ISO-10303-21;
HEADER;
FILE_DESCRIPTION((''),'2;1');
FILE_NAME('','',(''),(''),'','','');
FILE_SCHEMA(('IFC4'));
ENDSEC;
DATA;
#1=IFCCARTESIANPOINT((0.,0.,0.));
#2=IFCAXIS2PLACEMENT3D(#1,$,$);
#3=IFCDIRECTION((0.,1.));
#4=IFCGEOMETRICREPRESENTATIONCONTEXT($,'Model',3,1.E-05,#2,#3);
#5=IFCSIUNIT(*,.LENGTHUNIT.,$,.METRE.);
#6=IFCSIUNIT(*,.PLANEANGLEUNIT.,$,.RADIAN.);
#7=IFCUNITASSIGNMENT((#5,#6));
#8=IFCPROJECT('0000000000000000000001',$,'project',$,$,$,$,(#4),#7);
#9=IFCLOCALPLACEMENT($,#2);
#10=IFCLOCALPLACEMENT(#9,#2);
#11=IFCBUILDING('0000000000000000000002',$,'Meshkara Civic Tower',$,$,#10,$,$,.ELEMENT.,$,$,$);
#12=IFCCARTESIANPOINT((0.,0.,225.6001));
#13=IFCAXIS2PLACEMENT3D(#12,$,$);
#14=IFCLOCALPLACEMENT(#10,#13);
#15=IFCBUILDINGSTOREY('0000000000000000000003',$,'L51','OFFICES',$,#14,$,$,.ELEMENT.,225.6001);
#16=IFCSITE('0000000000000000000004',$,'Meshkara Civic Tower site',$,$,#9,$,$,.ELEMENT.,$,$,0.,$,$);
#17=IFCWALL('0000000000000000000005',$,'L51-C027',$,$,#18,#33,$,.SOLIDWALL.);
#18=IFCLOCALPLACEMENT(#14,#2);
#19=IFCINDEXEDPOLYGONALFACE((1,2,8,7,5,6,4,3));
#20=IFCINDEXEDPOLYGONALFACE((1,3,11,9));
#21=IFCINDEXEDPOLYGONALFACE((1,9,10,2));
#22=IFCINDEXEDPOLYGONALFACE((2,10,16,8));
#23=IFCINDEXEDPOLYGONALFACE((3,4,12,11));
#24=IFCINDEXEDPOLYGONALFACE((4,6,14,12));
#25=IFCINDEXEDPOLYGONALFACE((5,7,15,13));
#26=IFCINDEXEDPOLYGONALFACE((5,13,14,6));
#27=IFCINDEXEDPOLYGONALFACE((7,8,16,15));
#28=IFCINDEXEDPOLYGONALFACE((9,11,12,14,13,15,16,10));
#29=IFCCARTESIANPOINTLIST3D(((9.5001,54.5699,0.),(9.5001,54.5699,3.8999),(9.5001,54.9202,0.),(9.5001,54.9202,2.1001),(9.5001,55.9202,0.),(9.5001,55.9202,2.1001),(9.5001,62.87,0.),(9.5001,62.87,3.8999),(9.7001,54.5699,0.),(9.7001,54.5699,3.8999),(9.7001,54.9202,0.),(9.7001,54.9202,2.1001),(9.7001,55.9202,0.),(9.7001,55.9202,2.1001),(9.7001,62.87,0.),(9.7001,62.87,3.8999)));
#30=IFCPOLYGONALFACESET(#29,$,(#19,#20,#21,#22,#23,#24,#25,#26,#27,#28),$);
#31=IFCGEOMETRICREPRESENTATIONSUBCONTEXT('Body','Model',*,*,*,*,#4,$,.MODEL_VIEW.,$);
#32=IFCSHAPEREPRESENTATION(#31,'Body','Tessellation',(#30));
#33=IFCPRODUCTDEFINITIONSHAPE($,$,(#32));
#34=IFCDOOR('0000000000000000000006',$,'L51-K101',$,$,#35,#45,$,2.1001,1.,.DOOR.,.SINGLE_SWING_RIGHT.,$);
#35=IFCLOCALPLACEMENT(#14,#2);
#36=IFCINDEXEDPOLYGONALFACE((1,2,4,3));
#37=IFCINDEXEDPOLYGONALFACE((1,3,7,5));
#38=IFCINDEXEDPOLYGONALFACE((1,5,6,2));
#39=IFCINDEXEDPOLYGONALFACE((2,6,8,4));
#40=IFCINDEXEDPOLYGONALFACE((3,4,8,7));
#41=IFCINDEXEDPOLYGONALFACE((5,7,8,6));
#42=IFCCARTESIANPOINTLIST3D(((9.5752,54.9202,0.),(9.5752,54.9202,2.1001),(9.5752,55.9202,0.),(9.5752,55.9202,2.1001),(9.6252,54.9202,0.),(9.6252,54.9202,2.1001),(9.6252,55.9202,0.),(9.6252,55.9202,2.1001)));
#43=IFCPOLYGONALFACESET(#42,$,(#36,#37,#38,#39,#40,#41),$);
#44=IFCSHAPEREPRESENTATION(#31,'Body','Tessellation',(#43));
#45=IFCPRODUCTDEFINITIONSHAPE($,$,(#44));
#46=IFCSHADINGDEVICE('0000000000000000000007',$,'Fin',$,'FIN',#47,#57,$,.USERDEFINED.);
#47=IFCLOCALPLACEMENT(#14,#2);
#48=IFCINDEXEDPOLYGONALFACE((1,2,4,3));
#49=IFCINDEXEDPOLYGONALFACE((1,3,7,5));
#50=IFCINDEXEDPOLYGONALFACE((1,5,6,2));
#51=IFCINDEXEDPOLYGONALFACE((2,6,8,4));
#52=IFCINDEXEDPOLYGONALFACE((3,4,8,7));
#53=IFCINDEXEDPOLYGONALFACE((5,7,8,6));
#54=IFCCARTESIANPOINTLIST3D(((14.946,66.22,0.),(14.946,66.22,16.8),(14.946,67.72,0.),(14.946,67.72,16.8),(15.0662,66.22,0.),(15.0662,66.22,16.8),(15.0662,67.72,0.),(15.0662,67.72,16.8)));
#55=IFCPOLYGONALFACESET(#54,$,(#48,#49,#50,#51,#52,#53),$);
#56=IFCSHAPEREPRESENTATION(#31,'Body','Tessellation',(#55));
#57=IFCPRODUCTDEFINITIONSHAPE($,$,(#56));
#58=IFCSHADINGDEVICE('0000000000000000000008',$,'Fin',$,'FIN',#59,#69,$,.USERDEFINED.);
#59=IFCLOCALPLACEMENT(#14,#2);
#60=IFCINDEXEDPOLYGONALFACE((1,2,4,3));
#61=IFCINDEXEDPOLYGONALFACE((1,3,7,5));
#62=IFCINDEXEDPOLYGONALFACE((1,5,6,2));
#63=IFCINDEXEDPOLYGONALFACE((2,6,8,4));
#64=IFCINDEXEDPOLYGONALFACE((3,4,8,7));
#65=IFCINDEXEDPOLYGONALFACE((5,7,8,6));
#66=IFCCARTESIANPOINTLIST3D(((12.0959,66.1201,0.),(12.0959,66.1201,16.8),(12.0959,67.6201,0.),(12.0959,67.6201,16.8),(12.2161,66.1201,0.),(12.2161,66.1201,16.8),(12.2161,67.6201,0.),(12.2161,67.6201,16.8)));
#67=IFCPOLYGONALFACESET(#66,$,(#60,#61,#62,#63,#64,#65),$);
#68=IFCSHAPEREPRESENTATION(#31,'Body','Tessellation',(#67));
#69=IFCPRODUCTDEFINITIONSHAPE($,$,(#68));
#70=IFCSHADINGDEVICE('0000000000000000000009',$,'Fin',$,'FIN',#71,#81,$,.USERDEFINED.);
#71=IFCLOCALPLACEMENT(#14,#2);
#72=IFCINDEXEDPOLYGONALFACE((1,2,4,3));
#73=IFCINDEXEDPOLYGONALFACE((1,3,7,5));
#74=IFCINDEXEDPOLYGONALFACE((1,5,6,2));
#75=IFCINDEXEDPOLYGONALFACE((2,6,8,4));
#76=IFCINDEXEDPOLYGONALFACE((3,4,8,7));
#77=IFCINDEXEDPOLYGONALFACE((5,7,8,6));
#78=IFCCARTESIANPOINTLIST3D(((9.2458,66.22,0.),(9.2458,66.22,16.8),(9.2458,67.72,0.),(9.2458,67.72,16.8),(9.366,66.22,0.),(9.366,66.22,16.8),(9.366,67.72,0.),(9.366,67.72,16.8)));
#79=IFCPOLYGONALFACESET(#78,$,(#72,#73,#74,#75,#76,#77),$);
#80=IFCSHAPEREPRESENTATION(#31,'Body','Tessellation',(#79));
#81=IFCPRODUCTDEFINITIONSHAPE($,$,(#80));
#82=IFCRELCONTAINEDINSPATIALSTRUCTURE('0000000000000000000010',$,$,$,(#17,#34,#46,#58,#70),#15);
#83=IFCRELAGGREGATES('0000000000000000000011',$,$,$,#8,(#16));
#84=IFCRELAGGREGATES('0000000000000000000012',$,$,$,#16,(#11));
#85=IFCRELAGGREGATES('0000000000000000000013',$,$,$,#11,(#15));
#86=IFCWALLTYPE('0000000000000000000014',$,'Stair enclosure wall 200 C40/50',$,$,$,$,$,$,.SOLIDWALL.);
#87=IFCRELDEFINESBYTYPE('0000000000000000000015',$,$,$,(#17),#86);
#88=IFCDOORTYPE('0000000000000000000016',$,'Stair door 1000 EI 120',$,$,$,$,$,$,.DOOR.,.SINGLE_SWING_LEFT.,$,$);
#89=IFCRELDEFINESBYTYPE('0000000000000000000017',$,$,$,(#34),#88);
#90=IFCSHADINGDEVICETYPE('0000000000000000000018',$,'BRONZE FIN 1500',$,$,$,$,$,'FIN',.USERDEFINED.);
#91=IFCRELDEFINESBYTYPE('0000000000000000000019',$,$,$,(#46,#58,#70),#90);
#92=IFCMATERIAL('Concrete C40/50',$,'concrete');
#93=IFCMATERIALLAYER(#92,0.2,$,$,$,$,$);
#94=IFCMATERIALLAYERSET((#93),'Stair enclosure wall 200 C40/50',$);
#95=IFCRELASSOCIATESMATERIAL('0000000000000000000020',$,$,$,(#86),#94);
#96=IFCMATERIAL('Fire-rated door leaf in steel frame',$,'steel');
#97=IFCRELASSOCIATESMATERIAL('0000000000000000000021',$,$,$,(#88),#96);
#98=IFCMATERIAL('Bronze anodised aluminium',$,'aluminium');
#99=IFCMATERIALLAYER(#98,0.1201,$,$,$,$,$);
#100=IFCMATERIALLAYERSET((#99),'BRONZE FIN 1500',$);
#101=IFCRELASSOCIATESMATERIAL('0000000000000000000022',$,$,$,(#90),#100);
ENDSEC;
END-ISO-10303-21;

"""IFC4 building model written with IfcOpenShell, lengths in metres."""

from ifc_helpers import new_model, si_unit, direction, frame, frame_2d, origin, origin_2d, place, context, subcontext, project, spatial, rectangle, extrude, material, layer, layer_set, type_object, element, fill, save


model = new_model("IFC4")

# Units and contexts
model_context = context("Model", 3, precision=1e-05, world=origin(), true_north=direction((0.0, 1.0)))
body_context = subcontext(model_context, "Body", "Model", "MODEL_VIEW")
ifc_project = project(units=[si_unit("LENGTHUNIT", "METRE"), si_unit("PLANEANGLEUNIT", "RADIAN")], contexts=[model_context])

# Site, building, storey
site_placement = place(None, origin())
site = spatial("IfcSite", under=ifc_project, at=site_placement, Name="Meshkara Civic Tower site", CompositionType="ELEMENT", RefElevation=0.0)
building_placement = place(site_placement, origin())
building = spatial("IfcBuilding", under=site, at=building_placement, Name="Meshkara Civic Tower", CompositionType="ELEMENT")
storey_placement = place(building_placement, frame((0.0, 0.0, 225.6001)))
storey = spatial("IfcBuildingStorey", under=building, at=storey_placement, Name="L51", Description="OFFICES", CompositionType="ELEMENT", Elevation=225.6001)

# Wall, opening, door
ifc_material_1 = material(Name="Concrete C40/50", Category="concrete")
ifc_layer_1 = layer(ifc_material_1, 0.2)
ifc_layer_set_1 = layer_set([ifc_layer_1], Name="Stair enclosure wall 200 C40/50")
wall_type_1 = type_object("IfcWallType", Name="Stair enclosure wall 200 C40/50", PredefinedType="SOLIDWALL", material=ifc_layer_set_1)
wall_1_placement = place(storey_placement, frame((9.6001, 54.5701, 0.0), z_axis=(0.0, 0.0, 1.0), x_axis=(0.0, 1.0, 0.0)))
wall_1 = element("IfcWall", 1, at=wall_1_placement, inside=storey, type_object=wall_type_1, Name="L51-C027", PredefinedType="SOLIDWALL", context=body_context, shape_type="SweptSolid", body=[
    extrude(rectangle(XDim=8.3, YDim=0.2, at=frame_2d((4.1499, 0.0))), origin(), (0.0, 0.0, 1.0), 3.8999),
])
opening_1_placement = place(wall_1_placement, frame((0.3501, 0.0, 0.0)))
opening_1 = element("IfcOpeningElement", 2, at=opening_1_placement, cuts=wall_1, PredefinedType="OPENING", context=body_context, shape_type="SweptSolid", body=[
    extrude(rectangle(XDim=1.0, YDim=2.1001, at=frame_2d((0.5, 1.05))), frame((0.0, 0.1099, 0.0), z_axis=(0.0, -1.0, 0.0), x_axis=(1.0, 0.0, 0.0)), (0.0, 0.0, 1.0), 0.22),
])
ifc_material_2 = material(Name="Fire-rated door leaf in steel frame", Category="steel")
door_type_1 = type_object("IfcDoorType", Name="Stair door 1000 EI 120", OperationType="SINGLE_SWING_LEFT", PredefinedType="DOOR", material=ifc_material_2)
door_1_placement = place(opening_1_placement, origin())
door_1 = element("IfcDoor", 3, at=door_1_placement, inside=storey, type_object=door_type_1, Name="L51-K101", OperationType="SINGLE_SWING_RIGHT", OverallHeight=2.1001, OverallWidth=1.0, PredefinedType="DOOR", context=body_context, shape_type="SweptSolid", body=[
    extrude(rectangle(XDim=1.0, YDim=2.1001, at=frame_2d((0.5, 1.05))), frame((0.0, 0.0249, 0.0), z_axis=(0.0, -1.0, 0.0), x_axis=(1.0, 0.0, 0.0)), (0.0, 0.0, 1.0), 0.05),
])
fill(opening_1, door_1)

# Shading devices
ifc_material_3 = material(Name="Bronze anodised aluminium", Category="aluminium")
ifc_layer_2 = layer(ifc_material_3, 0.1201)
ifc_layer_set_2 = layer_set([ifc_layer_2], Name="BRONZE FIN 1500")
shading_device_type = type_object("IfcShadingDeviceType", Name="BRONZE FIN 1500", ElementType="FIN", PredefinedType="USERDEFINED", material=ifc_layer_set_2)
for number, where, z_axis, x_axis, name in (
    (4, (15.0061, 66.97, 0.0), (0.0, 0.0, 1.0), (-1.0, 0.0, 0.0), "Fin"),
    (5, (12.156, 66.8701, 0.0), (0.0, 0.0, 1.0), (-1.0, 0.0, 0.0), "Fin"),
    (6, (9.3059, 66.97, 0.0), (0.0, 0.0, 1.0), (-1.0, 0.0, 0.0), "Fin"),
):
    element("IfcShadingDevice", number, at=place(storey_placement, frame(where, z_axis=z_axis, x_axis=x_axis)), inside=storey, type_object=shading_device_type, Name=name, ObjectType="FIN", PredefinedType="USERDEFINED", context=body_context, shape_type="SweptSolid", body=[
        extrude(rectangle(XDim=0.1201, YDim=1.5, at=origin_2d()), origin(), (0.0, 0.0, 1.0), 16.8),
    ])

save(model, "model.ifc")
